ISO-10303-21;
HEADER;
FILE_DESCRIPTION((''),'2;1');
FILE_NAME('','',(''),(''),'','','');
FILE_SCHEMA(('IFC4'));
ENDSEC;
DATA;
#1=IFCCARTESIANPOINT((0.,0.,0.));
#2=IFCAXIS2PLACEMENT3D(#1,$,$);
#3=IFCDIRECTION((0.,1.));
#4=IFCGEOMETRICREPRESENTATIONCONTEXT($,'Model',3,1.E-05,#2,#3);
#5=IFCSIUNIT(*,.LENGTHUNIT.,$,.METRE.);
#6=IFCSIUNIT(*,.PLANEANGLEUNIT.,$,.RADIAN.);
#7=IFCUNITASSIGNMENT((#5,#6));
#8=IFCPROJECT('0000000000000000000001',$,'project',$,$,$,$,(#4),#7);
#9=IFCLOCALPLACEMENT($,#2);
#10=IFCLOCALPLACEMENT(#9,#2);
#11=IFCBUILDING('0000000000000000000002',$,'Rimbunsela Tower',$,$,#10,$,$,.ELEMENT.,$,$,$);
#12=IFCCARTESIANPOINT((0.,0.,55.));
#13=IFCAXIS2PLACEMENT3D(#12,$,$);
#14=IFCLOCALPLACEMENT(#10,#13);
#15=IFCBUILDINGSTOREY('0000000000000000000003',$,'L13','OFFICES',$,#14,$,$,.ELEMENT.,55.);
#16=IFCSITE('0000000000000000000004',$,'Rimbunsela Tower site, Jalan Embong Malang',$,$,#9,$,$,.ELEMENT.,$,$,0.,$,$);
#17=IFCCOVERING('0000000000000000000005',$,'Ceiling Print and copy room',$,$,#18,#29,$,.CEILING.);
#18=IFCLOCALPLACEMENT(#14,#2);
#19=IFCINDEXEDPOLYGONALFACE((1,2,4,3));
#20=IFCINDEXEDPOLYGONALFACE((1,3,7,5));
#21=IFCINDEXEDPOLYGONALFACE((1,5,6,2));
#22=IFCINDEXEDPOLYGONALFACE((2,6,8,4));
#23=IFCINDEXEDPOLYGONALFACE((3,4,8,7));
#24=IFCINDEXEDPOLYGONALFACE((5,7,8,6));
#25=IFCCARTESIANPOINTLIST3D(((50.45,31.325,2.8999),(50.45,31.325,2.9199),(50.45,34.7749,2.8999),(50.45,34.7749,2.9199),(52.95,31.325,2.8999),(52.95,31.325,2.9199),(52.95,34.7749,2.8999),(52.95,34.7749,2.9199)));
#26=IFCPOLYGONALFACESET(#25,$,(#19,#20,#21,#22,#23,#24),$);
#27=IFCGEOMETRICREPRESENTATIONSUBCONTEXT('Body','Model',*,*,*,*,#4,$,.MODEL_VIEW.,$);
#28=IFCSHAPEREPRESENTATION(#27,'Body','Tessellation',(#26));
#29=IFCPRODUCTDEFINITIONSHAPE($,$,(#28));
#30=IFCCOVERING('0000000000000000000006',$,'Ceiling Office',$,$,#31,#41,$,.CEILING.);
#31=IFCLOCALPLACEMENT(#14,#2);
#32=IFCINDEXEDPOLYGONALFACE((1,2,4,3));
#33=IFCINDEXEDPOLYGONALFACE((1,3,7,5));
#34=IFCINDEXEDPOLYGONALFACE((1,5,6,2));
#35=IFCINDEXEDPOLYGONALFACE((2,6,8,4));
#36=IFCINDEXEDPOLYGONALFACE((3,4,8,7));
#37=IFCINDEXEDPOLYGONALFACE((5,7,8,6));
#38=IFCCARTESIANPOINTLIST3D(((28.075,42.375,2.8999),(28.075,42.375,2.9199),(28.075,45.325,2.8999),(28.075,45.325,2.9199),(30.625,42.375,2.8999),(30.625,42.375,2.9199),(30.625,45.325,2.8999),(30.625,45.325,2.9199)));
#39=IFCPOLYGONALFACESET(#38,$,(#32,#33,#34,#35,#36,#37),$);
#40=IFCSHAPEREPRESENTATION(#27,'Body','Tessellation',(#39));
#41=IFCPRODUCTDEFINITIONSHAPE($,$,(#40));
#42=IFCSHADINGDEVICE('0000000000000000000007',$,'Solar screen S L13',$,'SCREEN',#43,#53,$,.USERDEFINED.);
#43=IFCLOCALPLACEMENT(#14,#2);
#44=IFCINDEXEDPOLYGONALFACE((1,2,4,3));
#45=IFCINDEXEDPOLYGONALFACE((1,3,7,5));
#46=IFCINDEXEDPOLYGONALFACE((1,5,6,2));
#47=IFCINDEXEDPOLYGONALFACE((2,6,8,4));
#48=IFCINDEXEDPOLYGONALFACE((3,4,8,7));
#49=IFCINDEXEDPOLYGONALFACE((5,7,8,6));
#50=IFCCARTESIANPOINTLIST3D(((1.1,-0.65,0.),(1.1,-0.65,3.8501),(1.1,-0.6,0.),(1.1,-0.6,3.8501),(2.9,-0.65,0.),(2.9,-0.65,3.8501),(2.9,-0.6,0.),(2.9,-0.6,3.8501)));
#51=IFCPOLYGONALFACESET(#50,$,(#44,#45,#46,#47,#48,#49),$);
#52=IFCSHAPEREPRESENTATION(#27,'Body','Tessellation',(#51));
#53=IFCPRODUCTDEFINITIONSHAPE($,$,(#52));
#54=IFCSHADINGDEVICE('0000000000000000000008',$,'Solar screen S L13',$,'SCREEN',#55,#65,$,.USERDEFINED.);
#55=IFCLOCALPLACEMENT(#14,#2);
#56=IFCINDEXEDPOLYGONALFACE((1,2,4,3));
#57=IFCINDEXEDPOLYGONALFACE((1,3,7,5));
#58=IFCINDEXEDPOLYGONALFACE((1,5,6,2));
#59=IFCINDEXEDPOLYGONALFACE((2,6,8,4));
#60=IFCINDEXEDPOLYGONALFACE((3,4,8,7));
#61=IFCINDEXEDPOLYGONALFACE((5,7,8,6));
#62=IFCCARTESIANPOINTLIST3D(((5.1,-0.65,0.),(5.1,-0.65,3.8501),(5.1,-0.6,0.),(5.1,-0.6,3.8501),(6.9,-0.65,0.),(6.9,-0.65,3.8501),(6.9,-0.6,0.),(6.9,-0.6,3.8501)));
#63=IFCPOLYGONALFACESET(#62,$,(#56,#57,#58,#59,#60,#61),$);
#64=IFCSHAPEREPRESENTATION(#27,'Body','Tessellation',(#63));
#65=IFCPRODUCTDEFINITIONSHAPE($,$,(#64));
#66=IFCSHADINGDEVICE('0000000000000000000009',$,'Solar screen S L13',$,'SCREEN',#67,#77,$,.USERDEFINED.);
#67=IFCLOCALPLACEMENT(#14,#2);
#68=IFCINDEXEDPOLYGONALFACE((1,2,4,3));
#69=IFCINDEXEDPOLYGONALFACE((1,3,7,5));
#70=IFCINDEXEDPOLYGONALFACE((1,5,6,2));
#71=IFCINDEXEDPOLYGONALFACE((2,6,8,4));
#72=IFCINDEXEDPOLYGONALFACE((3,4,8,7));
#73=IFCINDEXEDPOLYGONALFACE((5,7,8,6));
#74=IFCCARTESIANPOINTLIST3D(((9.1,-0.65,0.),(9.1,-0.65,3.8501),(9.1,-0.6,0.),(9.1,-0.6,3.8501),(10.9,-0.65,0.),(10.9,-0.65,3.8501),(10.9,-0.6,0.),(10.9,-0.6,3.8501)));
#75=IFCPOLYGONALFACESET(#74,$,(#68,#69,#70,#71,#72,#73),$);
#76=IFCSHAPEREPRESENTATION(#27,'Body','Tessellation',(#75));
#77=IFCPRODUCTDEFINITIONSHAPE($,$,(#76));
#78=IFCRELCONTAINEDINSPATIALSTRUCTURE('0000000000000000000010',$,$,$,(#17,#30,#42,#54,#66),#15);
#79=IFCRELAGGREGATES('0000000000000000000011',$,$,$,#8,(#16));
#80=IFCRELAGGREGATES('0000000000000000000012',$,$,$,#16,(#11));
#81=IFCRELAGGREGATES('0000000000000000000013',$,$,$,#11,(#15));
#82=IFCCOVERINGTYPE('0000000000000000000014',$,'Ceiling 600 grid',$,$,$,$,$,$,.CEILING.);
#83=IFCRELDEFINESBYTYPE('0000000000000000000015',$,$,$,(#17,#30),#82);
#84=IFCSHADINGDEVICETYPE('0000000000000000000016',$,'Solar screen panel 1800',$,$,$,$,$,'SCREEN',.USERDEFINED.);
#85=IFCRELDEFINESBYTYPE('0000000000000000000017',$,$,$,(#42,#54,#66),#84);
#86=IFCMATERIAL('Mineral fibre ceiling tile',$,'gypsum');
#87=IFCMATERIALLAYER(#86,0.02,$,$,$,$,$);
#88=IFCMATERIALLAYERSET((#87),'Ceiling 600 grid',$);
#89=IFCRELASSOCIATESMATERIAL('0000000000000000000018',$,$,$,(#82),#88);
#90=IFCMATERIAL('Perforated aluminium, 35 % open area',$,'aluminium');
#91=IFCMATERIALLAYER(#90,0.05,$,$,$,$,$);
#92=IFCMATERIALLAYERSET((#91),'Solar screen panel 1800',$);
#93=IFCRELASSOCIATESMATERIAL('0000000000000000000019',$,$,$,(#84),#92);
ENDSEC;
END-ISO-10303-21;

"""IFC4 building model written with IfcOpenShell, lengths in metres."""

from ifc_helpers import new_model, si_unit, direction, frame, origin, origin_2d, place, context, subcontext, project, spatial, polyline, rectangle, outline, extrude, material, layer, layer_set, type_object, element, save


model = new_model("IFC4")

# Units and contexts
model_context = context("Model", 3, precision=1e-05, world=origin(), true_north=direction((0.0, 1.0)))
body_context = subcontext(model_context, "Body", "Model", "MODEL_VIEW")
ifc_project = project(units=[si_unit("LENGTHUNIT", "METRE"), si_unit("PLANEANGLEUNIT", "RADIAN")], contexts=[model_context])

# Site, building, storey
site_placement = place(None, origin())
site = spatial("IfcSite", under=ifc_project, at=site_placement, Name="Rimbunsela Tower site, Jalan Embong Malang", CompositionType="ELEMENT", RefElevation=0.0)
building_placement = place(site_placement, origin())
building = spatial("IfcBuilding", under=site, at=building_placement, Name="Rimbunsela Tower", CompositionType="ELEMENT")
storey_placement = place(building_placement, frame((0.0, 0.0, 55.0)))
storey = spatial("IfcBuildingStorey", under=building, at=storey_placement, Name="L13", Description="OFFICES", CompositionType="ELEMENT", Elevation=55.0)

# Coverings
ifc_material_1 = material(Name="Mineral fibre ceiling tile", Category="gypsum")
ifc_layer_1 = layer(ifc_material_1, 0.02)
ifc_layer_set_1 = layer_set([ifc_layer_1], Name="Ceiling 600 grid")
covering_type_1 = type_object("IfcCoveringType", Name="Ceiling 600 grid", PredefinedType="CEILING", material=ifc_layer_set_1)
covering_1_placement = place(storey_placement, frame((0.0, 0.0, 2.8999)))
element("IfcCovering", 1, at=covering_1_placement, inside=storey, type_object=covering_type_1, Name="Ceiling Print and copy room", PredefinedType="CEILING", context=body_context, shape_type="SweptSolid", body=[
    extrude(outline(polyline([(52.95, 31.325), (52.95, 34.7749), (50.45, 34.7749), (50.45, 31.325), (52.95, 31.325)])), origin(), (0.0, 0.0, 1.0), 0.02),
])
covering_2_placement = place(storey_placement, frame((0.0, 0.0, 2.8999)))
element("IfcCovering", 2, at=covering_2_placement, inside=storey, type_object=covering_type_1, Name="Ceiling Office", PredefinedType="CEILING", context=body_context, shape_type="SweptSolid", body=[
    extrude(outline(polyline([(30.625, 42.375), (30.625, 45.325), (28.075, 45.325), (28.075, 42.375), (30.625, 42.375)])), origin(), (0.0, 0.0, 1.0), 0.02),
])

# Shading devices
ifc_material_2 = material(Name="Perforated aluminium, 35 % open area", Category="aluminium")
ifc_layer_2 = layer(ifc_material_2, 0.05)
ifc_layer_set_2 = layer_set([ifc_layer_2], Name="Solar screen panel 1800")
shading_device_type = type_object("IfcShadingDeviceType", Name="Solar screen panel 1800", ElementType="SCREEN", PredefinedType="USERDEFINED", material=ifc_layer_set_2)
for number, where, z_axis, x_axis, name in (
    (3, (2.0, -0.625, 0.0), (0.0, 0.0, 1.0), (1.0, 0.0, 0.0), "Solar screen S L13"),
    (4, (6.0, -0.625, 0.0), (0.0, 0.0, 1.0), (1.0, 0.0, 0.0), "Solar screen S L13"),
    (5, (10.0, -0.625, 0.0), (0.0, 0.0, 1.0), (1.0, 0.0, 0.0), "Solar screen S L13"),
):
    element("IfcShadingDevice", number, at=place(storey_placement, frame(where, z_axis=z_axis, x_axis=x_axis)), inside=storey, type_object=shading_device_type, Name=name, ObjectType="SCREEN", PredefinedType="USERDEFINED", context=body_context, shape_type="SweptSolid", body=[
        extrude(rectangle(XDim=1.8, YDim=0.05, at=origin_2d()), origin(), (0.0, 0.0, 1.0), 3.8501),
    ])

save(model, "model.ifc")
